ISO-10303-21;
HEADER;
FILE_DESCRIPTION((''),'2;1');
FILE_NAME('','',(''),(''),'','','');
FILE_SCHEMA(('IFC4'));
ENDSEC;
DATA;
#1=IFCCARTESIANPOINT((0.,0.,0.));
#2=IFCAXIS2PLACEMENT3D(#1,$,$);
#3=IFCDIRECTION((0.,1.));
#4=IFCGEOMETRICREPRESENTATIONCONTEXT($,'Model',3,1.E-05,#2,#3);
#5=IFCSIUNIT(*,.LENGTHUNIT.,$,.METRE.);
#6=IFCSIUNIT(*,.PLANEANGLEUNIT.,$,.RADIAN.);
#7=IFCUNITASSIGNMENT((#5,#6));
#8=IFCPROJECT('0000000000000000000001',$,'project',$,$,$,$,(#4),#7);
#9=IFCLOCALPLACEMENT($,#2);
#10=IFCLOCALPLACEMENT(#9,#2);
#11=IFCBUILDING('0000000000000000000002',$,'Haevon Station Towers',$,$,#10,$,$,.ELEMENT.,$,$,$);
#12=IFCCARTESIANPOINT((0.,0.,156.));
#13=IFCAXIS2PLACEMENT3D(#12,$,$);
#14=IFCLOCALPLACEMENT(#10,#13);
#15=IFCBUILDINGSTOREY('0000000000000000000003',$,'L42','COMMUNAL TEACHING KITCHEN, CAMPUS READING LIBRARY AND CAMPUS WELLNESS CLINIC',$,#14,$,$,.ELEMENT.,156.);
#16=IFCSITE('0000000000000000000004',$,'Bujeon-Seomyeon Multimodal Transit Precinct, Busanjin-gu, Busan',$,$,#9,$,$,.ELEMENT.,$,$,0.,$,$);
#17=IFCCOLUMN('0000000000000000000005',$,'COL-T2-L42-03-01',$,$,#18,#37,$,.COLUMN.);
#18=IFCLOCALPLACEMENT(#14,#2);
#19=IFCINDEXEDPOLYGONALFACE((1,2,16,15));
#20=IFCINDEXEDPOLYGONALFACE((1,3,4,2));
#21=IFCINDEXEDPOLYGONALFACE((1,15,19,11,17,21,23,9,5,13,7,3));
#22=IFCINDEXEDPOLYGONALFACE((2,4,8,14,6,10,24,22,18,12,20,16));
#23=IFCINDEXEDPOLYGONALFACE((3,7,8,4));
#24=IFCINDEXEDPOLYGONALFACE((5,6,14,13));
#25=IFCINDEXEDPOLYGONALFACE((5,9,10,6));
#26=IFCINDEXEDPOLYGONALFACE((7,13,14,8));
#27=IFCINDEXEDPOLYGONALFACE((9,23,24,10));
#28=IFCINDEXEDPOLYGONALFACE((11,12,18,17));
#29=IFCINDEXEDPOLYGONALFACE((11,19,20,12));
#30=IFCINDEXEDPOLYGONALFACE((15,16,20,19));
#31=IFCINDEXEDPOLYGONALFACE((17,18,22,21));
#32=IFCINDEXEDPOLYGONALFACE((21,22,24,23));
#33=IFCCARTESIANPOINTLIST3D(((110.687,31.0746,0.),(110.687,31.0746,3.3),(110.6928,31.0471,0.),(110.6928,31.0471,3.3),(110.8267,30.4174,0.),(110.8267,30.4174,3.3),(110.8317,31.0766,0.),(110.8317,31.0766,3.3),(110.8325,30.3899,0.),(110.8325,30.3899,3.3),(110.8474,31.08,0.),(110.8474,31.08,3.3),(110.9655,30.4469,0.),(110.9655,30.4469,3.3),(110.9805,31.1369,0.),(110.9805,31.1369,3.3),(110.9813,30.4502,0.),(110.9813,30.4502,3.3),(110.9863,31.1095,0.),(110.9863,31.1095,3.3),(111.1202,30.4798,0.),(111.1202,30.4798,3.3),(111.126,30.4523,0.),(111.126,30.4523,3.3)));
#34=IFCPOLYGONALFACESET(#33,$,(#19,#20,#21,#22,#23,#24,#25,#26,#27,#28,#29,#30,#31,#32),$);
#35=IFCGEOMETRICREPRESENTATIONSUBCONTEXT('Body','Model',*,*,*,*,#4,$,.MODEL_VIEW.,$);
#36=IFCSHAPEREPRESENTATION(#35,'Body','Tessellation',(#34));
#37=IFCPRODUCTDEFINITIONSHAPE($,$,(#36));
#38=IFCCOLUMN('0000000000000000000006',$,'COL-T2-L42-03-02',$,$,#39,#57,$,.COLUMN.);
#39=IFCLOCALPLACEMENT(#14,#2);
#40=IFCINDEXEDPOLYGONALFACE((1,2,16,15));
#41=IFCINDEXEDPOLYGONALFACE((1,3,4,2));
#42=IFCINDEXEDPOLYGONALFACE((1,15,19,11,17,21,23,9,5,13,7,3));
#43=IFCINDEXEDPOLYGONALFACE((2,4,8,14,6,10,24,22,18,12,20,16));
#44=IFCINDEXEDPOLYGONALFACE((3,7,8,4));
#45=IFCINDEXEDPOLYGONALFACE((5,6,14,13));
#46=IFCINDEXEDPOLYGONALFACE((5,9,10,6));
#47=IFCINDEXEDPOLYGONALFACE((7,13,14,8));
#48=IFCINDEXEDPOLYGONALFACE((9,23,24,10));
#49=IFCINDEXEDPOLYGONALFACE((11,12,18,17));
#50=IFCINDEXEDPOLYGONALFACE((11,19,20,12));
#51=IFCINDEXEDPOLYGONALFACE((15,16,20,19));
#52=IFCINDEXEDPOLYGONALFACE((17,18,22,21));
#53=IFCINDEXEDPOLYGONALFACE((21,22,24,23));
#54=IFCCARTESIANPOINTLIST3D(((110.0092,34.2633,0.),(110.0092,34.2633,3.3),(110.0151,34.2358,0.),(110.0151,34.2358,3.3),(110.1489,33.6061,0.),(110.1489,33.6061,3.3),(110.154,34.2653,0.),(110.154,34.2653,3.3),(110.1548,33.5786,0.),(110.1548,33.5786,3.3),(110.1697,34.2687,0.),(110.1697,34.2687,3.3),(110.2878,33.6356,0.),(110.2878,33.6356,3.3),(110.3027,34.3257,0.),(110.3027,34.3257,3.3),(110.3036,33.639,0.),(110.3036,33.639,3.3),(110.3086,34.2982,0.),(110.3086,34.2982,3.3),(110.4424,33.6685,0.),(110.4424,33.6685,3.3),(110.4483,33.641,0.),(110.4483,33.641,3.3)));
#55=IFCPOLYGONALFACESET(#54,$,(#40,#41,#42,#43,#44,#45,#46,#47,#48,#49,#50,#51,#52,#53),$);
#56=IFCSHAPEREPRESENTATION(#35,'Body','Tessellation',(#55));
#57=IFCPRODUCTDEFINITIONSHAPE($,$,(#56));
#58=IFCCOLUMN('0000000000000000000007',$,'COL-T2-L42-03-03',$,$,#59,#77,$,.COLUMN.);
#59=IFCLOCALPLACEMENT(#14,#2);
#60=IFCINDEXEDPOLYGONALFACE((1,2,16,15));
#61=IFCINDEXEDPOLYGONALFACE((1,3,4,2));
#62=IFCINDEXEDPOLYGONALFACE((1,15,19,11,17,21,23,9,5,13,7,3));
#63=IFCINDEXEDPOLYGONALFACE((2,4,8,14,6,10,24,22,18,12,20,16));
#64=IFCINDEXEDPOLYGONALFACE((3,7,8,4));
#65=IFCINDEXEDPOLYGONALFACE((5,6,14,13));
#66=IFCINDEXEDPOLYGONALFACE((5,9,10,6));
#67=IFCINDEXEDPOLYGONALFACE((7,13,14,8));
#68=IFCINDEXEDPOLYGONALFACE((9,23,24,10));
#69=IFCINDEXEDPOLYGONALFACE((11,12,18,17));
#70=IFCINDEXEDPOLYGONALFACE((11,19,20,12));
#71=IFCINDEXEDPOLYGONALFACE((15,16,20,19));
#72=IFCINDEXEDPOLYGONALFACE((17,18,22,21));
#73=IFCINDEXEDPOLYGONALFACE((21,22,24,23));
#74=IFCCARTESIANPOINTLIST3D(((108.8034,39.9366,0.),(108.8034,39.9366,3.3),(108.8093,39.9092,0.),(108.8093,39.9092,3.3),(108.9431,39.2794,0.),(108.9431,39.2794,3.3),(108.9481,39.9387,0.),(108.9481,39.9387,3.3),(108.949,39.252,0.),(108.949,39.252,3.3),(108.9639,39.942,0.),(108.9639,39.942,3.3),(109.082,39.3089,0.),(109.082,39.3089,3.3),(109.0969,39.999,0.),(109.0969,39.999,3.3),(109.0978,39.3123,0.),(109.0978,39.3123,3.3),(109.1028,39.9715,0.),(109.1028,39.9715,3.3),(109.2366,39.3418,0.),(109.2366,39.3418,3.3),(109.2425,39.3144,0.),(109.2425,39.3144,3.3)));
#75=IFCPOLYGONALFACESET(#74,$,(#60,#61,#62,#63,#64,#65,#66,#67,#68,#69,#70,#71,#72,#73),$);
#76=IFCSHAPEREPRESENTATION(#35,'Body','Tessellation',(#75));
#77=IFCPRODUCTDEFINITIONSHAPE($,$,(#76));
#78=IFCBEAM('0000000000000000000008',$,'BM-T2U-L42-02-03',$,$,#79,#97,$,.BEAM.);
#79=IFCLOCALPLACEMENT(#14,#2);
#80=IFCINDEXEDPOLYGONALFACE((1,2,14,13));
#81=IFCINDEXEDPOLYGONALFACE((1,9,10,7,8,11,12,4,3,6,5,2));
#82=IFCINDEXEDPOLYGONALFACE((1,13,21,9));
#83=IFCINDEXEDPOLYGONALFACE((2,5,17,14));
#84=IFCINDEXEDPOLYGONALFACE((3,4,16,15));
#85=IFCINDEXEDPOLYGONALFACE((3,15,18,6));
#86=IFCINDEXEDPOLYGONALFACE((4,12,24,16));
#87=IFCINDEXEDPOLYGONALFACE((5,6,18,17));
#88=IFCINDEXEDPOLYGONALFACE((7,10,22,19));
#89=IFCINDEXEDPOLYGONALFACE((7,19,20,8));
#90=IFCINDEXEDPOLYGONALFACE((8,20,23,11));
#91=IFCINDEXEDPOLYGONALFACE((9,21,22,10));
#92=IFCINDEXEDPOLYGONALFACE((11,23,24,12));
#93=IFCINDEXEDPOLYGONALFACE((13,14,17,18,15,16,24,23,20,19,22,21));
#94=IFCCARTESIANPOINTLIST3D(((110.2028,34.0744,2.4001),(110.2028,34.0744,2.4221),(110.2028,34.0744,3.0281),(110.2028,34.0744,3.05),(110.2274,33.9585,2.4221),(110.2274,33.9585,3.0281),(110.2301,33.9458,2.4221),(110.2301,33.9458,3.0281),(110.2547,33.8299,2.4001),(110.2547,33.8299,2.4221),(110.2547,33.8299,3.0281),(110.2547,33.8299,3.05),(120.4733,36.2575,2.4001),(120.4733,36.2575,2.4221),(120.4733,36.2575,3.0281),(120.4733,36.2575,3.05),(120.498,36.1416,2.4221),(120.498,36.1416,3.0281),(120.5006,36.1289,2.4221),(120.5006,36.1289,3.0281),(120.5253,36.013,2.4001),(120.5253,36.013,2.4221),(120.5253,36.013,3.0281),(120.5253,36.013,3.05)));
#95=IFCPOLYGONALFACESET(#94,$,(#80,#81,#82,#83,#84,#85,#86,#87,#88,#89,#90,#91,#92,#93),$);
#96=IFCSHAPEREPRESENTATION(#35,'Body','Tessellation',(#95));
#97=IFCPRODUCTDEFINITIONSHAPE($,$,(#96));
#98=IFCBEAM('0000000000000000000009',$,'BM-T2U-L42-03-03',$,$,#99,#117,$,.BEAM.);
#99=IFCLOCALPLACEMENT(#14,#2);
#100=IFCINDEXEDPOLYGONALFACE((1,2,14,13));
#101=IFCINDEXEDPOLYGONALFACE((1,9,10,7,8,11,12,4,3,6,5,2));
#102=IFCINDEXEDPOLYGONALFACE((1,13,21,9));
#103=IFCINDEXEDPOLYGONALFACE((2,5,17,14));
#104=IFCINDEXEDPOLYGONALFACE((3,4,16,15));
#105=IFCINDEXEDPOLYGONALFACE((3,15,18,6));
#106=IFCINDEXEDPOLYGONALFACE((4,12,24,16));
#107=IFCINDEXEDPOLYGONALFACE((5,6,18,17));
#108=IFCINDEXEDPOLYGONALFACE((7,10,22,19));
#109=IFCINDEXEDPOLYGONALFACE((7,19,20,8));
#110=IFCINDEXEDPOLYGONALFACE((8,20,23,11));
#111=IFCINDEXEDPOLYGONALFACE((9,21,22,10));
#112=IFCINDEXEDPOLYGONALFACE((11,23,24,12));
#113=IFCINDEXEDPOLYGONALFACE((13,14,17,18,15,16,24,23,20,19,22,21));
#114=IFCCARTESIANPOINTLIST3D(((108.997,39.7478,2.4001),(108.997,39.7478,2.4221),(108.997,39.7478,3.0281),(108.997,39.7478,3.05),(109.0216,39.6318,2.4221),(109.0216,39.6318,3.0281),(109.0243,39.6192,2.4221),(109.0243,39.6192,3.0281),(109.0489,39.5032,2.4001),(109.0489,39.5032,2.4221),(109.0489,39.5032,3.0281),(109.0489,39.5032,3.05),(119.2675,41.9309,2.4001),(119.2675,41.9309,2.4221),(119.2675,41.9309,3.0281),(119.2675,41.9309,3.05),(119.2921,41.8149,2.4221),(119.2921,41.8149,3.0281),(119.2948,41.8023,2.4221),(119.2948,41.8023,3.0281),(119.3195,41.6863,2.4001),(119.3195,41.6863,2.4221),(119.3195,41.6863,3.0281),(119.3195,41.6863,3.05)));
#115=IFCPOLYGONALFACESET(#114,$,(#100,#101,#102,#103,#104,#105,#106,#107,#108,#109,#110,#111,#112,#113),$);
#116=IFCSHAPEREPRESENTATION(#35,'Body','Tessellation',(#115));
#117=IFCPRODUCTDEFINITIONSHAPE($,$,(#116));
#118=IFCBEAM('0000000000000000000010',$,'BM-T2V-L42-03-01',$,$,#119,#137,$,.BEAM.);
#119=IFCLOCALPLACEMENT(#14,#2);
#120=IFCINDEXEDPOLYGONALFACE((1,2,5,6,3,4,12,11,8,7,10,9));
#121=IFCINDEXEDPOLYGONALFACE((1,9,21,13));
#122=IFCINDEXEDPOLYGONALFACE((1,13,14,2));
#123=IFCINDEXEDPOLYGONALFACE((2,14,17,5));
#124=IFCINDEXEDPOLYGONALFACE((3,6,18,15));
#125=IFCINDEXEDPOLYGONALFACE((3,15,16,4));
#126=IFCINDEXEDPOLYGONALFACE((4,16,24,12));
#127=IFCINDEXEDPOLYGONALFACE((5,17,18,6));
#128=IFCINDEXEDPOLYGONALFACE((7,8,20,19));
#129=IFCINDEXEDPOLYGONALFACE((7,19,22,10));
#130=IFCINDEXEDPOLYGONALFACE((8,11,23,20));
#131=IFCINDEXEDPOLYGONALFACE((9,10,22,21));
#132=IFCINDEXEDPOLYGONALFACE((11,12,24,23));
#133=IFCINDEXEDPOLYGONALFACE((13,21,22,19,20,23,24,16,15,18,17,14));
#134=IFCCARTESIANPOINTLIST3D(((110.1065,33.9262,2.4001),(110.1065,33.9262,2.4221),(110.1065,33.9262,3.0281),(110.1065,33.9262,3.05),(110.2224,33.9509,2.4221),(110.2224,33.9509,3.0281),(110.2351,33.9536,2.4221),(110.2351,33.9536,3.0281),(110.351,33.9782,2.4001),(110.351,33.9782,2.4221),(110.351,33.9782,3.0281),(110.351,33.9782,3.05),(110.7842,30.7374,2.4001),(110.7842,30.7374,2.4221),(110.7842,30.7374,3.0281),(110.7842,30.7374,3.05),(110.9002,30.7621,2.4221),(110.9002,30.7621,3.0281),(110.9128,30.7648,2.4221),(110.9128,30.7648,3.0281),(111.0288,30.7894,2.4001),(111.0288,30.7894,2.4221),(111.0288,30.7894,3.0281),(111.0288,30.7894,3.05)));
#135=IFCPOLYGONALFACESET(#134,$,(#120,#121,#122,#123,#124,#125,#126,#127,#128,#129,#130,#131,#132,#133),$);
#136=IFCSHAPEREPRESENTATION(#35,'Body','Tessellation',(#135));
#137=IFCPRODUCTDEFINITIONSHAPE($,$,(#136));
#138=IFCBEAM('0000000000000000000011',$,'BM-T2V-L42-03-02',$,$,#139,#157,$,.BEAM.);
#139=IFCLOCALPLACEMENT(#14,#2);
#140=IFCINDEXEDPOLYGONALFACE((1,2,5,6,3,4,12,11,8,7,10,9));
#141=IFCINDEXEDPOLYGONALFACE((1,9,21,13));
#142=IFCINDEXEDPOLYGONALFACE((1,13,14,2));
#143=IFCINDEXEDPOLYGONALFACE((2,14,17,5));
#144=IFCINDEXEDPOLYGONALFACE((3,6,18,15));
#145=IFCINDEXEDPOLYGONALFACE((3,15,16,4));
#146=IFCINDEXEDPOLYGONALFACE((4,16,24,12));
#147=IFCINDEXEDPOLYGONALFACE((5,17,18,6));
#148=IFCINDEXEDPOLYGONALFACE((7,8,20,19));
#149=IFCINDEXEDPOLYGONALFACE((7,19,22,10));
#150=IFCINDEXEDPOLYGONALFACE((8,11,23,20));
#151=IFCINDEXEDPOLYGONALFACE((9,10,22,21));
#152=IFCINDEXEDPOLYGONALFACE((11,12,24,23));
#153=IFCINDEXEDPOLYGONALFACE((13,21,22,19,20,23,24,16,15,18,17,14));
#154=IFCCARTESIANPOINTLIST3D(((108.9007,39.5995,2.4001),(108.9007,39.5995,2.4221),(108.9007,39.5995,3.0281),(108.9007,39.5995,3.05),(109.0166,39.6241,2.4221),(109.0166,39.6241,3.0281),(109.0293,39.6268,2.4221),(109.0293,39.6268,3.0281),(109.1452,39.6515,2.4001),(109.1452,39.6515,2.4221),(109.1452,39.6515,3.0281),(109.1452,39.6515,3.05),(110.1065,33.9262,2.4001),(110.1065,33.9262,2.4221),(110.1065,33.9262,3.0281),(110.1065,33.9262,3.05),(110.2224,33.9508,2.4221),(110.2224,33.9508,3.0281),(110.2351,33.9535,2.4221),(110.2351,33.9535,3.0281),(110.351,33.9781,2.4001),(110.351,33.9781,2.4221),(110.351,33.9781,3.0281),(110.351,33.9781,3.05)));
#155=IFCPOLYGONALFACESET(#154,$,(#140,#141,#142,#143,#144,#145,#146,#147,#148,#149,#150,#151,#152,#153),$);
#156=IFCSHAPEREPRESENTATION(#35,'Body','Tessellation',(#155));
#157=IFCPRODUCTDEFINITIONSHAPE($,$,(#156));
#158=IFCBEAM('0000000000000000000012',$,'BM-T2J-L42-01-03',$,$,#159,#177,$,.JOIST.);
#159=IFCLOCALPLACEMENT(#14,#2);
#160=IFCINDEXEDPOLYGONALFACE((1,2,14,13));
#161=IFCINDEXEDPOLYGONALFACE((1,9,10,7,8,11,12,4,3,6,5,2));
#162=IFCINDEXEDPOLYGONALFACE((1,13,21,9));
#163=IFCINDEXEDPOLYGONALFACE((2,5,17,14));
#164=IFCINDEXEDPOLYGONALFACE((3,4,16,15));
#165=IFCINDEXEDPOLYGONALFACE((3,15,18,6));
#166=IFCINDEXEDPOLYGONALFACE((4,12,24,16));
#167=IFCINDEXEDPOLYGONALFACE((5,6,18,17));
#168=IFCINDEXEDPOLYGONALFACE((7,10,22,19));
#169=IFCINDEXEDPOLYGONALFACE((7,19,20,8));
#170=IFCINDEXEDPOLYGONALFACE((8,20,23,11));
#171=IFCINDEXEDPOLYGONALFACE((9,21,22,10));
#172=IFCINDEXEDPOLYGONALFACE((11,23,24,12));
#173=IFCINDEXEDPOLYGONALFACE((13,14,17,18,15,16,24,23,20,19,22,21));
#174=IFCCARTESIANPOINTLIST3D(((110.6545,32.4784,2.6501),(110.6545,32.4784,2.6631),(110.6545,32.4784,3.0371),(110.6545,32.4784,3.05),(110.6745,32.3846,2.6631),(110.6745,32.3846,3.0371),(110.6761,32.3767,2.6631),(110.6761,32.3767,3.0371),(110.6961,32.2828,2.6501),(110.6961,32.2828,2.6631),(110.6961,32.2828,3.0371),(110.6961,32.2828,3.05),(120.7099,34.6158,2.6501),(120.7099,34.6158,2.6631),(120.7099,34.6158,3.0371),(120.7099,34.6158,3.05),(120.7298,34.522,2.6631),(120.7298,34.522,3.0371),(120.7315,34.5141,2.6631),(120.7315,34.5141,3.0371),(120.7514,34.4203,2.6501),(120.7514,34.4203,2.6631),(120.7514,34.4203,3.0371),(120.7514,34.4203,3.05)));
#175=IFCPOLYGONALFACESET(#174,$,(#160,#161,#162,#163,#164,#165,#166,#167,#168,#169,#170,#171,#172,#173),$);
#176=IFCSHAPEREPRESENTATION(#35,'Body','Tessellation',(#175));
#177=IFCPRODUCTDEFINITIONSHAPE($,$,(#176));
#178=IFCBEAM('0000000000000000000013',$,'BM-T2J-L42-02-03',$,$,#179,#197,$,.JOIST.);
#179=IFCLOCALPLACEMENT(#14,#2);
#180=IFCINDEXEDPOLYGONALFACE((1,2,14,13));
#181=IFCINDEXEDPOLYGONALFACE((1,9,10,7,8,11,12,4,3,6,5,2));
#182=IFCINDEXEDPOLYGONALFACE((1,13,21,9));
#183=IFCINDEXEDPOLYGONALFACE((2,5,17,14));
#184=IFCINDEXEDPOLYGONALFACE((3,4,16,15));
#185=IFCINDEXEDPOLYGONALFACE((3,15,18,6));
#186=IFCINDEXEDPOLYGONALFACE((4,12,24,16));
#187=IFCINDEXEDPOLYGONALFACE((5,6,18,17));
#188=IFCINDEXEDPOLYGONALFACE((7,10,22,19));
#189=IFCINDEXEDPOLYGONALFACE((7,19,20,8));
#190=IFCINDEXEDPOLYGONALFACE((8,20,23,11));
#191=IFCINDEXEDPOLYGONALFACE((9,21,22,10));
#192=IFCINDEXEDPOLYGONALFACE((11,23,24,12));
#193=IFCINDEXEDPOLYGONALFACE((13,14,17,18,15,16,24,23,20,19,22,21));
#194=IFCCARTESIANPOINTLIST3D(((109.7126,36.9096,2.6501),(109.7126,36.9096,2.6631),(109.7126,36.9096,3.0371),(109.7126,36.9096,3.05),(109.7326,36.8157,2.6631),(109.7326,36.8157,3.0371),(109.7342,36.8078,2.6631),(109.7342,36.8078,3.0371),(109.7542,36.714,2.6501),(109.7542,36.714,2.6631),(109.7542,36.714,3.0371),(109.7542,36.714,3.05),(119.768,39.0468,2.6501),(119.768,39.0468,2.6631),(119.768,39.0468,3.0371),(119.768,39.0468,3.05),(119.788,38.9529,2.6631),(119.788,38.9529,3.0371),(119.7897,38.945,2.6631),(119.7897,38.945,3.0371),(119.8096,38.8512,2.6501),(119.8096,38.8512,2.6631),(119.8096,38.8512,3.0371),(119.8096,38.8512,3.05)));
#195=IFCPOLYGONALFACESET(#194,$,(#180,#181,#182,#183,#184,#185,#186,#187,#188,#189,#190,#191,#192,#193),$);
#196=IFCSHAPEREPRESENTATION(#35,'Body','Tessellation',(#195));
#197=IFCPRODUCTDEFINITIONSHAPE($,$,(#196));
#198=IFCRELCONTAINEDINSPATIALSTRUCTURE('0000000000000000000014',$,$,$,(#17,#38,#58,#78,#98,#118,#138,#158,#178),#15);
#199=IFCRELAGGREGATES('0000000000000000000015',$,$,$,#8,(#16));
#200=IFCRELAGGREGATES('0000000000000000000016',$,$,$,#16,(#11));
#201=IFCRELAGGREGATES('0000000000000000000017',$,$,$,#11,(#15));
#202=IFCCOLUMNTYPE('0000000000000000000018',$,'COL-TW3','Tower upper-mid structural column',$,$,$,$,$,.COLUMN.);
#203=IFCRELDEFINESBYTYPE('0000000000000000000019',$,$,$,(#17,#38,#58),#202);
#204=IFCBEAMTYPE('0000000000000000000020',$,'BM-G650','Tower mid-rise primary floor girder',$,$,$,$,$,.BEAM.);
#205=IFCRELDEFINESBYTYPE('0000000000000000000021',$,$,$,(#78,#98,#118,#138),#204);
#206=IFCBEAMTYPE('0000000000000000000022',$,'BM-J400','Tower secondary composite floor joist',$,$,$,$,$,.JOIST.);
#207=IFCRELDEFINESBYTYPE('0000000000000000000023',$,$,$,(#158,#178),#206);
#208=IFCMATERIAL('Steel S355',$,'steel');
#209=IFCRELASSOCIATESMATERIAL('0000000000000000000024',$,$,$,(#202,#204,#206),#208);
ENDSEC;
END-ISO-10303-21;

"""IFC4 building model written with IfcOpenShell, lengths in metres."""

from ifc_helpers import new_model, si_unit, direction, frame, origin, origin_2d, place, context, subcontext, project, spatial, i_section, extrude, material, material_profile, profile_set, type_object, element, save


model = new_model("IFC4")

# Units and contexts
model_context = context("Model", 3, precision=1e-05, world=origin(), true_north=direction((0.0, 1.0)))
body_context = subcontext(model_context, "Body", "Model", "MODEL_VIEW")
ifc_project = project(units=[si_unit("LENGTHUNIT", "METRE"), si_unit("PLANEANGLEUNIT", "RADIAN")], contexts=[model_context])

# Site, building, storey
site_placement = place(None, origin())
site = spatial("IfcSite", under=ifc_project, at=site_placement, Name="Bujeon-Seomyeon Multimodal Transit Precinct, Busanjin-gu, Busan", CompositionType="ELEMENT", RefElevation=0.0)
building_placement = place(site_placement, origin())
building = spatial("IfcBuilding", under=site, at=building_placement, Name="Haevon Station Towers", CompositionType="ELEMENT")
storey_placement = place(building_placement, frame((0.0, 0.0, 156.0)))
storey = spatial("IfcBuildingStorey", under=building, at=storey_placement, Name="L42", Description="COMMUNAL TEACHING KITCHEN, CAMPUS READING LIBRARY AND CAMPUS WELLNESS CLINIC", CompositionType="ELEMENT", Elevation=156.0)

# Columns
ifc_material_1 = material(Name="Steel S355", Category="steel")
ifc_material_profile_1 = material_profile(ifc_material_1, i_section(OverallWidth=0.3, OverallDepth=0.7, WebThickness=0.0161, FlangeThickness=0.0281, at=origin_2d()), Name="H-700x300x16x28")
ifc_profile_set_1 = profile_set([ifc_material_profile_1], Name="Steel S355")
column_type = type_object("IfcColumnType", Name="COL-TW3", Description="Tower upper-mid structural column", PredefinedType="COLUMN", material=ifc_profile_set_1)
for number, where, z_axis, x_axis, name in (
    (1, (110.9065, 30.7634, 0.0), (0.0, 0.0, 1.0), (0.978148, 0.207912, 0.0), "COL-T2-L42-03-01"),
    (2, (110.2288, 33.9521, 0.0), (0.0, 0.0, 1.0), (0.978148, 0.207912, 0.0), "COL-T2-L42-03-02"),
    (3, (109.0229, 39.6255, 0.0), (0.0, 0.0, 1.0), (0.978148, 0.207912, 0.0), "COL-T2-L42-03-03"),
):
    element("IfcColumn", number, at=place(storey_placement, frame(where, z_axis=z_axis, x_axis=x_axis)), inside=storey, type_object=column_type, Name=name, PredefinedType="COLUMN", context=body_context, shape_type="SweptSolid", body=[
        extrude(i_section(OverallWidth=0.3, OverallDepth=0.7, WebThickness=0.0161, FlangeThickness=0.0281, at=origin_2d()), origin(), (0.0, 0.0, 1.0), 3.3),
    ])

# Beams
ifc_material_profile_2 = material_profile(ifc_material_1, i_section(OverallWidth=0.25, OverallDepth=0.6499, WebThickness=0.0129, FlangeThickness=0.022, at=origin_2d()), Name="H-650x250x13x22")
ifc_profile_set_2 = profile_set([ifc_material_profile_2], Name="Steel S355")
beam_type_1 = type_object("IfcBeamType", Name="BM-G650", Description="Tower mid-rise primary floor girder", PredefinedType="BEAM", material=ifc_profile_set_2)
for number, where, z_axis, x_axis, name in (
    (4, (110.2288, 33.9521, 2.7251), (0.978147, 0.207915, 0.0), (-0.207915, 0.978147, 0.0), "BM-T2U-L42-02-03"),
    (5, (109.0229, 39.6255, 2.7251), (0.978147, 0.207915, 0.0), (-0.207915, 0.978147, 0.0), "BM-T2U-L42-03-03"),
):
    element("IfcBeam", number, at=place(storey_placement, frame(where, z_axis=z_axis, x_axis=x_axis)), inside=storey, type_object=beam_type_1, Name=name, PredefinedType="BEAM", context=body_context, shape_type="SweptSolid", body=[
        extrude(i_section(OverallWidth=0.25, OverallDepth=0.6499, WebThickness=0.0129, FlangeThickness=0.022, at=origin_2d()), origin(), (0.0, 0.0, 1.0), 10.5),
    ])
beam_1_placement = place(storey_placement, frame((110.9065, 30.7634, 2.7251), z_axis=(-0.207897, 0.978151, 0.0), x_axis=(-0.978151, -0.207897, 0.0)))
element("IfcBeam", 6, at=beam_1_placement, inside=storey, type_object=beam_type_1, Name="BM-T2V-L42-03-01", PredefinedType="BEAM", context=body_context, shape_type="SweptSolid", body=[
    extrude(i_section(OverallWidth=0.25, OverallDepth=0.6499, WebThickness=0.0129, FlangeThickness=0.022, at=origin_2d()), origin(), (0.0, 0.0, 1.0), 3.26),
])
beam_2_placement = place(storey_placement, frame((110.2288, 33.9521, 2.7251), z_axis=(-0.207896, 0.978151, 0.0), x_axis=(-0.978151, -0.207896, 0.0)))
element("IfcBeam", 7, at=beam_2_placement, inside=storey, type_object=beam_type_1, Name="BM-T2V-L42-03-02", PredefinedType="BEAM", context=body_context, shape_type="SweptSolid", body=[
    extrude(i_section(OverallWidth=0.25, OverallDepth=0.6499, WebThickness=0.0129, FlangeThickness=0.022, at=origin_2d()), origin(), (0.0, 0.0, 1.0), 5.8),
])
ifc_material_profile_3 = material_profile(ifc_material_1, i_section(OverallWidth=0.2, OverallDepth=0.3999, WebThickness=0.0081, FlangeThickness=0.0129, at=origin_2d()), Name="H-400x200x8x13")
ifc_profile_set_3 = profile_set([ifc_material_profile_3], Name="Steel S355")
beam_type_2 = type_object("IfcBeamType", Name="BM-J400", Description="Tower secondary composite floor joist", PredefinedType="JOIST", material=ifc_profile_set_3)
for number, where, z_axis, x_axis, name in (
    (8, (110.6753, 32.3806, 2.8501), (0.978146, 0.207922, 0.0), (-0.207922, 0.978146, 0.0), "BM-T2J-L42-01-03"),
    (9, (109.7334, 36.8118, 2.8501), (0.97815, 0.207899, 0.0), (-0.207899, 0.97815, 0.0), "BM-T2J-L42-02-03"),
):
    element("IfcBeam", number, at=place(storey_placement, frame(where, z_axis=z_axis, x_axis=x_axis)), inside=storey, type_object=beam_type_2, Name=name, PredefinedType="JOIST", context=body_context, shape_type="SweptSolid", body=[
        extrude(i_section(OverallWidth=0.2, OverallDepth=0.3999, WebThickness=0.0081, FlangeThickness=0.0129, at=origin_2d()), origin(), (0.0, 0.0, 1.0), 10.28),
    ])

save(model, "model.ifc")
